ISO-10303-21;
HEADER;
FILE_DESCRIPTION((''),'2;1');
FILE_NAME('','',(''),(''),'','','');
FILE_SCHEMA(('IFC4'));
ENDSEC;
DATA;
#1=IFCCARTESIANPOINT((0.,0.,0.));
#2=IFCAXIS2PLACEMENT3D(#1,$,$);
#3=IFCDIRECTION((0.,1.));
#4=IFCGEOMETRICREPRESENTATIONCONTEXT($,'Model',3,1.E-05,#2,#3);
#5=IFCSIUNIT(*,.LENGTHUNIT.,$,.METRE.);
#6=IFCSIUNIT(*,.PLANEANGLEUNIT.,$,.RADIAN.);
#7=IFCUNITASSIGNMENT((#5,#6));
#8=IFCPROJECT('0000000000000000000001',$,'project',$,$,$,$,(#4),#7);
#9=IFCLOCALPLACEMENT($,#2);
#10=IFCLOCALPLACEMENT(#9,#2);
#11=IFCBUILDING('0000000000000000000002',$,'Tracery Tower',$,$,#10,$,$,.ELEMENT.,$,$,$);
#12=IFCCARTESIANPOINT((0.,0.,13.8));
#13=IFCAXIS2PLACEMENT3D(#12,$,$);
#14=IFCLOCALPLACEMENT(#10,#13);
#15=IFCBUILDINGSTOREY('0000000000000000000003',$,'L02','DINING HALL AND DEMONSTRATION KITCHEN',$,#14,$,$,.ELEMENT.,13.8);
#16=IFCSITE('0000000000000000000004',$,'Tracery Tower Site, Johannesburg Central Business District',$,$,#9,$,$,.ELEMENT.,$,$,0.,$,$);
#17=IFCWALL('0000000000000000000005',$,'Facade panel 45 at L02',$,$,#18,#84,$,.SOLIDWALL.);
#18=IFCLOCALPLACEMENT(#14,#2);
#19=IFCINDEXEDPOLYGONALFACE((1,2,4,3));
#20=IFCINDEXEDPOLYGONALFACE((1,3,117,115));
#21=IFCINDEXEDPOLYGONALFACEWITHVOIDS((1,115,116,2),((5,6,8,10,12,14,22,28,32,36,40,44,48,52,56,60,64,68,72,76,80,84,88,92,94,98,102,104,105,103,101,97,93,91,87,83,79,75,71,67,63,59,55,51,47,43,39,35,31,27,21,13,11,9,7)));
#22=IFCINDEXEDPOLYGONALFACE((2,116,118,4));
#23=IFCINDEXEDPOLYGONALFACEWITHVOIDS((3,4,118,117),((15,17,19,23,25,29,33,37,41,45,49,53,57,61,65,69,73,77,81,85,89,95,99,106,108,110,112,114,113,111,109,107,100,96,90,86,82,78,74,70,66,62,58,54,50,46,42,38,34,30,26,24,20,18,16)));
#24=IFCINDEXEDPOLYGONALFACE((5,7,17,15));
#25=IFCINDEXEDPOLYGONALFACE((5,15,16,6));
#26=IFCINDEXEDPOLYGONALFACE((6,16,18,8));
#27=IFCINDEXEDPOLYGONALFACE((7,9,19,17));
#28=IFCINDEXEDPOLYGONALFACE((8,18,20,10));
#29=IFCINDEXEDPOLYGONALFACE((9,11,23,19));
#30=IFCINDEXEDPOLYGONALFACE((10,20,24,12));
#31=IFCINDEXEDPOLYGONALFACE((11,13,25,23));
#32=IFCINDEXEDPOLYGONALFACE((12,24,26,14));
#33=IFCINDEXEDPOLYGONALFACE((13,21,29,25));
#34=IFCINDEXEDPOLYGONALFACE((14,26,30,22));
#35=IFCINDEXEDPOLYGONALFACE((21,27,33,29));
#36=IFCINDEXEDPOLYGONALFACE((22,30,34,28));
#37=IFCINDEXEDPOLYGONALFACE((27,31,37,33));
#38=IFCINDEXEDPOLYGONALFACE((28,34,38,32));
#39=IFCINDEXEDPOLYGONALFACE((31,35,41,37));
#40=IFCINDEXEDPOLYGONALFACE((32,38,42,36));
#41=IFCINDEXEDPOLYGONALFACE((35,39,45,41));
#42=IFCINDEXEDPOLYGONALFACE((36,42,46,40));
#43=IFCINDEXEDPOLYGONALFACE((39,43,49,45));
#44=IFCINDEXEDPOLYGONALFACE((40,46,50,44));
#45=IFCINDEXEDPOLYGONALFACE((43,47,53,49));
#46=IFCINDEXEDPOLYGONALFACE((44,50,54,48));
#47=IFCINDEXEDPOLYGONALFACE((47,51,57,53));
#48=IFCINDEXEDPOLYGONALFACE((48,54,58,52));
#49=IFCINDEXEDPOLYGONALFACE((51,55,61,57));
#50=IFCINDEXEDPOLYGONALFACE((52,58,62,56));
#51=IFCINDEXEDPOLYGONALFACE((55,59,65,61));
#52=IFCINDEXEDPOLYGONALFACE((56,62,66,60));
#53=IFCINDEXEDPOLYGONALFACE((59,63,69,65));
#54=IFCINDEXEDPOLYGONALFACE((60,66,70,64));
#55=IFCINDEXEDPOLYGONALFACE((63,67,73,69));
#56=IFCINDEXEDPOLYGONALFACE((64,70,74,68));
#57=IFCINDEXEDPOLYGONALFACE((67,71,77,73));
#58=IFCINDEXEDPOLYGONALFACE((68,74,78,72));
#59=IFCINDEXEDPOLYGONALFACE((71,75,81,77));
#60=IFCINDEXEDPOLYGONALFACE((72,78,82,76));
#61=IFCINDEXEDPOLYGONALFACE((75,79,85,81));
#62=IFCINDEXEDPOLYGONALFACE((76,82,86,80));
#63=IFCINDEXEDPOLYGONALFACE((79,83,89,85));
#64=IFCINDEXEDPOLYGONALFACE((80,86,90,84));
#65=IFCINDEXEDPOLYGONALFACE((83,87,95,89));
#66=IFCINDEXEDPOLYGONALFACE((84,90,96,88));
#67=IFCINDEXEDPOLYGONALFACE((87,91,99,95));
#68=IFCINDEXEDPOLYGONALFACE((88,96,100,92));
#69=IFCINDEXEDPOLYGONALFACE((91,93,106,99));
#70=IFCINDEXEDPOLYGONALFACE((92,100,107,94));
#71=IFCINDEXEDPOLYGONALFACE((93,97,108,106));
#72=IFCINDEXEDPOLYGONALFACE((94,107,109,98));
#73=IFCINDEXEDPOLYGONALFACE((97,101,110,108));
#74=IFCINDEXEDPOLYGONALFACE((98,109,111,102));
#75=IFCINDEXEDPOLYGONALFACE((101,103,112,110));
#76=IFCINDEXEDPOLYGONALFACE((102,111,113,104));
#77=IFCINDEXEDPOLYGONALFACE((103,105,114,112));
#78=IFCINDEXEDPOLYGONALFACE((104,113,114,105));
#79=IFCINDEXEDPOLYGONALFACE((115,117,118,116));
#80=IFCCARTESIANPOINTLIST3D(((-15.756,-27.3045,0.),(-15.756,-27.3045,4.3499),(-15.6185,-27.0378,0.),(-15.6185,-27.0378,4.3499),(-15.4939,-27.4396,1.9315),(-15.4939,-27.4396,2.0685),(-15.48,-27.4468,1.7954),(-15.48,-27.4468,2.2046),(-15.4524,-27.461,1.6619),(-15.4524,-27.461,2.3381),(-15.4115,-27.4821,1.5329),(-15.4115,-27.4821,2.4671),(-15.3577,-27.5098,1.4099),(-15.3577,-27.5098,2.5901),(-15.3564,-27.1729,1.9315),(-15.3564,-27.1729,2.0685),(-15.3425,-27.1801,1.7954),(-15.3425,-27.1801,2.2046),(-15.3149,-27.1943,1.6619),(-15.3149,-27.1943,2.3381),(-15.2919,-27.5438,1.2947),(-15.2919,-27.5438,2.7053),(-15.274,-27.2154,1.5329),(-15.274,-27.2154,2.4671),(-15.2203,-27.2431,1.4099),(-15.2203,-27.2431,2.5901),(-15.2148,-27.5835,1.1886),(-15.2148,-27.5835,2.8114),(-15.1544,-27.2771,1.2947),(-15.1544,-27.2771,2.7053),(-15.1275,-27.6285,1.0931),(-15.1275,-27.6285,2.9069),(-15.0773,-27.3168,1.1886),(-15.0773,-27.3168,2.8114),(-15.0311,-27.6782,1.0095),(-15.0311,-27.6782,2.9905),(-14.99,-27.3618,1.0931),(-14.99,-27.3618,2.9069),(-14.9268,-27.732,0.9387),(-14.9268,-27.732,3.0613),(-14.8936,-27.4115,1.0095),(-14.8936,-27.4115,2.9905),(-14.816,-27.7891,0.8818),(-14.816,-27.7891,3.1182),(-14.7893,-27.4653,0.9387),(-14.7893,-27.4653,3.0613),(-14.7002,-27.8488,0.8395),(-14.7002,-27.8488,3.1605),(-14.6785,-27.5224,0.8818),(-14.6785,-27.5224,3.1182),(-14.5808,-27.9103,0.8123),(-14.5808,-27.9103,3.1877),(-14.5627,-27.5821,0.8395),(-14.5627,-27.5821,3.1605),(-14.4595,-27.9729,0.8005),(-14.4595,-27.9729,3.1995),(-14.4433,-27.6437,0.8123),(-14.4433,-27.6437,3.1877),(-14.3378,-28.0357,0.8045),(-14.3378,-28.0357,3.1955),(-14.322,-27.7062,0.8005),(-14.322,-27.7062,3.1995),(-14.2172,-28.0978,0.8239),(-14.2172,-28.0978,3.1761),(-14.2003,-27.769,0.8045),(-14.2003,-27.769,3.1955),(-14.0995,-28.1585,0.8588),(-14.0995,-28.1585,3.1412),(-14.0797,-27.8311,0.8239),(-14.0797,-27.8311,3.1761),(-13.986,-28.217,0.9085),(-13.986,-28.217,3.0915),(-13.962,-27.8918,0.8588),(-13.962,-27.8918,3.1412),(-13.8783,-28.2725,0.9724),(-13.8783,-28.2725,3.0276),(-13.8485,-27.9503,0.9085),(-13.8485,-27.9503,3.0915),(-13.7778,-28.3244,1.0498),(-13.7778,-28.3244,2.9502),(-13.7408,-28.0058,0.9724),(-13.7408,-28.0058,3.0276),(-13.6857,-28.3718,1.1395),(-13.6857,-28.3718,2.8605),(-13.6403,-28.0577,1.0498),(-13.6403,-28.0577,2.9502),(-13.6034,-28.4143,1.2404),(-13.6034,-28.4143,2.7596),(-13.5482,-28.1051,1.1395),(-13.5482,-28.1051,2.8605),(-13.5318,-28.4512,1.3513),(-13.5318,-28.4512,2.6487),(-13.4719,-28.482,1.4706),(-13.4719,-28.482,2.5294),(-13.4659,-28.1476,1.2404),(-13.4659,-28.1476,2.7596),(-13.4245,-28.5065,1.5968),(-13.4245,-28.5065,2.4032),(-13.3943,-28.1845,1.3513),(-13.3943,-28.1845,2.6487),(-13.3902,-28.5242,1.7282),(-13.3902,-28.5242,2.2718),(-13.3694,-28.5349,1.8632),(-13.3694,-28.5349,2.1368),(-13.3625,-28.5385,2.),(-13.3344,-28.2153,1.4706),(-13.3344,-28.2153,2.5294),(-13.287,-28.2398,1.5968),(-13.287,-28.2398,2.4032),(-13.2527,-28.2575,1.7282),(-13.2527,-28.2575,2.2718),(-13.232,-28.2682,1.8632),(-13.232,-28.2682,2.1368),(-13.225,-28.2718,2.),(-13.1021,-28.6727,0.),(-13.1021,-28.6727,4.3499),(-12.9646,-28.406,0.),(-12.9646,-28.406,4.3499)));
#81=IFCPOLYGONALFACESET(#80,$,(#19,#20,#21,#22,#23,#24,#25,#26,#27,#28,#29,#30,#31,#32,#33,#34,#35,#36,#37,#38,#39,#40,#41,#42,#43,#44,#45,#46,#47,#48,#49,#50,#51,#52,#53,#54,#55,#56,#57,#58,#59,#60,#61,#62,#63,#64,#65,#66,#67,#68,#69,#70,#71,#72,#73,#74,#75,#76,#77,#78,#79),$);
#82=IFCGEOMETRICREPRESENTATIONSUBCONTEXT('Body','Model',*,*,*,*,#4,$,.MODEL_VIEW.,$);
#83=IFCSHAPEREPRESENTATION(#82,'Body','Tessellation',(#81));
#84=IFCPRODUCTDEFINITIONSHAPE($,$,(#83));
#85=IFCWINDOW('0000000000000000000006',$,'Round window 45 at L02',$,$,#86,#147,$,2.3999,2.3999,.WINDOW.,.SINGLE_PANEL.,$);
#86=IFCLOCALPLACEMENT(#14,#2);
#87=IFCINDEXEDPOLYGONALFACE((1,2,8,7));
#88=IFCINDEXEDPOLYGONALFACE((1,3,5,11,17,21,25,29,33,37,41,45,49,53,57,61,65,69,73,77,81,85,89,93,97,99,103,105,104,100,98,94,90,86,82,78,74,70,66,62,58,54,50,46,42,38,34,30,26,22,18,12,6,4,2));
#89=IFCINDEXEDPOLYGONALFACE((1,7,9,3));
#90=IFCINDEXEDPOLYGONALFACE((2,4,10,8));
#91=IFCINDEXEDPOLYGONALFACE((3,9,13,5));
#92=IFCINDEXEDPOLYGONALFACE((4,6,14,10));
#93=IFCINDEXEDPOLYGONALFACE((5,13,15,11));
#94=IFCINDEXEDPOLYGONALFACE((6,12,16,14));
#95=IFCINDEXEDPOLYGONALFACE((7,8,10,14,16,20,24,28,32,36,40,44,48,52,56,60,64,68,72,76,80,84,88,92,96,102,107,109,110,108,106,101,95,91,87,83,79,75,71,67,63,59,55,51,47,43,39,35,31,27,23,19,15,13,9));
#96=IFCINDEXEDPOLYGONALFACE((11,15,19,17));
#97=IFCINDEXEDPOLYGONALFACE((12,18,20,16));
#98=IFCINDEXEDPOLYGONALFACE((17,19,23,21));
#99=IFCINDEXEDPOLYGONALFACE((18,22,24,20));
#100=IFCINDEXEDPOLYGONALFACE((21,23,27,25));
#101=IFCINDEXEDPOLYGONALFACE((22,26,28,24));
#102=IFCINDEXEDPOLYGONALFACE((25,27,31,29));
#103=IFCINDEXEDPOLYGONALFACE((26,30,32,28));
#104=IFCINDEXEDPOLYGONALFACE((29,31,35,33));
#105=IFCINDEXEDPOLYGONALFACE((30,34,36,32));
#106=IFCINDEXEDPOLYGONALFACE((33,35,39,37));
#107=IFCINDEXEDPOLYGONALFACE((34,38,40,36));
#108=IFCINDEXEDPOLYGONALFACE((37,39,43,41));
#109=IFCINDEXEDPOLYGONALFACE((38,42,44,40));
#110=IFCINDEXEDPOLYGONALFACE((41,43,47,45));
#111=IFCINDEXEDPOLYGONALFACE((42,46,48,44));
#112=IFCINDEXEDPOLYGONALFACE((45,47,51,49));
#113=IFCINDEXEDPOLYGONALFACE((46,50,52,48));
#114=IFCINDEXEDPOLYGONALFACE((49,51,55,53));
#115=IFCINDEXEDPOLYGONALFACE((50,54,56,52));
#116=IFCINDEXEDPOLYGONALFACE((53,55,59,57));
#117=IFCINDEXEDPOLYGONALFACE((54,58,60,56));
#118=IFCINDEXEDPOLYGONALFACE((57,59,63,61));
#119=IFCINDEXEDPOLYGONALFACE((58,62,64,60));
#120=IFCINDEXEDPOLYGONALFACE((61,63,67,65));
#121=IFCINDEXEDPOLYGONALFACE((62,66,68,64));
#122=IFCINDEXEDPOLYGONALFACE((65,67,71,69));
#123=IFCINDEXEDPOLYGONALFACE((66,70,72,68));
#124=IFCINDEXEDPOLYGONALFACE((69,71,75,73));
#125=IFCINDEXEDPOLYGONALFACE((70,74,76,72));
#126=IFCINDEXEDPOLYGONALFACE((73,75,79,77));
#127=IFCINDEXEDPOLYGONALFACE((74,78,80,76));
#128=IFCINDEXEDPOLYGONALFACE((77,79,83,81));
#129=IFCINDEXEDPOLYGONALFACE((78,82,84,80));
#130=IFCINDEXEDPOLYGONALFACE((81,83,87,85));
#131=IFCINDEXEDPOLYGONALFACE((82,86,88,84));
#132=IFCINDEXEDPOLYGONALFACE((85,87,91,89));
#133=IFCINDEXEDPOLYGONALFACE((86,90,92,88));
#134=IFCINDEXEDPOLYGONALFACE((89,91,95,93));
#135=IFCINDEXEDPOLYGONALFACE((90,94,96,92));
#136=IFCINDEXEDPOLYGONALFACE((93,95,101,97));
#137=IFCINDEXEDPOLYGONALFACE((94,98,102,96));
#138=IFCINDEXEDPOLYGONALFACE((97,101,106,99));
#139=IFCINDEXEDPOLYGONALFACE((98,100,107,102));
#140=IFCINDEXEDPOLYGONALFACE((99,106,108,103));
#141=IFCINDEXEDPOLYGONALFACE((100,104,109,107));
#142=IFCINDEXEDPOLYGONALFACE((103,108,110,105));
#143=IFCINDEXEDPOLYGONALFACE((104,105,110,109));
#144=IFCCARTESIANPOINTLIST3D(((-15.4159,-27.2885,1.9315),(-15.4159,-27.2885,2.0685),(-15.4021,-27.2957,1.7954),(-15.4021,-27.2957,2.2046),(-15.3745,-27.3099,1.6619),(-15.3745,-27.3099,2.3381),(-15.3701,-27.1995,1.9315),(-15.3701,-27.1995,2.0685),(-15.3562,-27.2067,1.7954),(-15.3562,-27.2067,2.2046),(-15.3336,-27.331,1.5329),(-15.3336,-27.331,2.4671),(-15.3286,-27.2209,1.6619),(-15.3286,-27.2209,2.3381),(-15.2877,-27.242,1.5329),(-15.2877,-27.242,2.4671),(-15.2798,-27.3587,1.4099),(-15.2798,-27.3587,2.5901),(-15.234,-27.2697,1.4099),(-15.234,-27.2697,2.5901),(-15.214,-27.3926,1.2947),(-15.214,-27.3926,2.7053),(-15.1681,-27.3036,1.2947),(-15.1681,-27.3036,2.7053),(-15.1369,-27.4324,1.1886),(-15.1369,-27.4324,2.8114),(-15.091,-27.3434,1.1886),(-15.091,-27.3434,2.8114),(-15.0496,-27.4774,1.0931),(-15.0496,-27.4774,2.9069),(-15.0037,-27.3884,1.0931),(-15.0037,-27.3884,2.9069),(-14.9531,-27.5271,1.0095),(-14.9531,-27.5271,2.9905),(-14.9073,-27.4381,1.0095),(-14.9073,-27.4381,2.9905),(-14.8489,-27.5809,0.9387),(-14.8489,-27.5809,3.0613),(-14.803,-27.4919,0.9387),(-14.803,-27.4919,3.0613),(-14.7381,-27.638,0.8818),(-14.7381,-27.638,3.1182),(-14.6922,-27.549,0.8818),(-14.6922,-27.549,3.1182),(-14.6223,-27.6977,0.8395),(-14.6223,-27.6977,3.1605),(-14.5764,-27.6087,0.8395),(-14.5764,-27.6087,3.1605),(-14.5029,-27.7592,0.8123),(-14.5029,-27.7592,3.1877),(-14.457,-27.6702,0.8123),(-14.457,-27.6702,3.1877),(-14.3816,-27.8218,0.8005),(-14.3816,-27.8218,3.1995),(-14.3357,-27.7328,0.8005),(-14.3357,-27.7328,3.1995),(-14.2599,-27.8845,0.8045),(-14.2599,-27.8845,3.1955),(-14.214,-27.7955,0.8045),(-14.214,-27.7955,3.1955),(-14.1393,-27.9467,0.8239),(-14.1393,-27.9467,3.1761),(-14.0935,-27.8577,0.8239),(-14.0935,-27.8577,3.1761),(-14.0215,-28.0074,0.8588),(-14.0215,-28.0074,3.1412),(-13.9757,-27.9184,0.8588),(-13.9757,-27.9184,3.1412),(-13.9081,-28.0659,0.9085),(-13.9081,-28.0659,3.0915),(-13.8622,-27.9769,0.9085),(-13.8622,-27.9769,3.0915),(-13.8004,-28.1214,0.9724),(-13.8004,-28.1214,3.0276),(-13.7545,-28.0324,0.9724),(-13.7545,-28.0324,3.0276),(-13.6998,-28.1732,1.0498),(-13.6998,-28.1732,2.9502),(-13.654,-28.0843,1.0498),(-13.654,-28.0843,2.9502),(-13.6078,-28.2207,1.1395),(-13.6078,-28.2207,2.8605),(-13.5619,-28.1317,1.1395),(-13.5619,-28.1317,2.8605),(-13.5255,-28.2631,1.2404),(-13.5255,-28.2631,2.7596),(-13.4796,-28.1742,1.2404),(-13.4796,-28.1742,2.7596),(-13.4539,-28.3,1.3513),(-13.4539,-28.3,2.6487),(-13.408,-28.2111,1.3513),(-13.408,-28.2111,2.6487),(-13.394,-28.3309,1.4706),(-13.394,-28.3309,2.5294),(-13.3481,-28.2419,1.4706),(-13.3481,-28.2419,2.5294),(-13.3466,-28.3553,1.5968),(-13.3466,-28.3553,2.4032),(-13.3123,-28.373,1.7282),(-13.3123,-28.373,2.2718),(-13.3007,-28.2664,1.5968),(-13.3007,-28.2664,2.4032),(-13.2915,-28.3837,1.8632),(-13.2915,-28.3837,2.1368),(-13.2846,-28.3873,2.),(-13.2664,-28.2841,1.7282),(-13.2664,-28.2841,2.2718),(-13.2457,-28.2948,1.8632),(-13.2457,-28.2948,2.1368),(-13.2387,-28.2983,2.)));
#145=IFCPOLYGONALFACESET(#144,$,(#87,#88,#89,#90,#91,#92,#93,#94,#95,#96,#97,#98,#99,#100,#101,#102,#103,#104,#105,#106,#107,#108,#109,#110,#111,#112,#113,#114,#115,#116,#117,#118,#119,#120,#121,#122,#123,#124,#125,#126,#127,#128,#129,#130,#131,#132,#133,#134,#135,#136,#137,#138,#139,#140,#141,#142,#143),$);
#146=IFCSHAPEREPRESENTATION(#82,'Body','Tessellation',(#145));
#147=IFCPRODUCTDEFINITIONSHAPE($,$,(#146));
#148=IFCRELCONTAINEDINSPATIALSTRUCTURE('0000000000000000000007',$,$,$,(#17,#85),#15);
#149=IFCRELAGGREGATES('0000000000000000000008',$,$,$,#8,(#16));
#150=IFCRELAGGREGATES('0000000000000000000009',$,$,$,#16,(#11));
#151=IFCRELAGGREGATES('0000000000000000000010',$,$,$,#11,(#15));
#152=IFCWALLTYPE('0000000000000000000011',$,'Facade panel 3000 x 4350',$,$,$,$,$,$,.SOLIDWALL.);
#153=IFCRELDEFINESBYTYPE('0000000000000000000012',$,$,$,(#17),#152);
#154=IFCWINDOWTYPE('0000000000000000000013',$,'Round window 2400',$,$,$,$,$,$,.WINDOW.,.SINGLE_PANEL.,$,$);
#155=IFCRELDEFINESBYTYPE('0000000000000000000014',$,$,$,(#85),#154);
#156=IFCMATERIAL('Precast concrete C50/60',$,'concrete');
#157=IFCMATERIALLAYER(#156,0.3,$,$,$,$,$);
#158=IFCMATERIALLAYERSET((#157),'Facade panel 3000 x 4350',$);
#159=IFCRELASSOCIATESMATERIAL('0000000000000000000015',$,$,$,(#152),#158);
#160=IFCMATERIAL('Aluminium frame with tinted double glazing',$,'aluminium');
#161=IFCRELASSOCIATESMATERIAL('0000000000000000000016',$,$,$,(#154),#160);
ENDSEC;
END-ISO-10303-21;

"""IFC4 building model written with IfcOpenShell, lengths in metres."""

from ifc_helpers import new_model, si_unit, direction, frame, frame_2d, origin, origin_2d, place, context, subcontext, project, spatial, rectangle, circle, extrude, material, layer, layer_set, type_object, element, fill, save


model = new_model("IFC4")

# Units and contexts
model_context = context("Model", 3, precision=1e-05, world=origin(), true_north=direction((0.0, 1.0)))
body_context = subcontext(model_context, "Body", "Model", "MODEL_VIEW")
ifc_project = project(units=[si_unit("LENGTHUNIT", "METRE"), si_unit("PLANEANGLEUNIT", "RADIAN")], contexts=[model_context])

# Site, building, storey
site_placement = place(None, origin())
site = spatial("IfcSite", under=ifc_project, at=site_placement, Name="Tracery Tower Site, Johannesburg Central Business District", CompositionType="ELEMENT", RefElevation=0.0)
building_placement = place(site_placement, origin())
building = spatial("IfcBuilding", under=site, at=building_placement, Name="Tracery Tower", CompositionType="ELEMENT")
storey_placement = place(building_placement, frame((0.0, 0.0, 13.8)))
storey = spatial("IfcBuildingStorey", under=building, at=storey_placement, Name="L02", Description="DINING HALL AND DEMONSTRATION KITCHEN", CompositionType="ELEMENT", Elevation=13.8)

# Wall, opening, window
ifc_material_1 = material(Name="Precast concrete C50/60", Category="concrete")
ifc_layer_1 = layer(ifc_material_1, 0.3)
ifc_layer_set_1 = layer_set([ifc_layer_1], Name="Facade panel 3000 x 4350")
wall_type_1 = type_object("IfcWallType", Name="Facade panel 3000 x 4350", PredefinedType="SOLIDWALL", material=ifc_layer_set_1)
ifc_material_2 = material(Name="Aluminium frame with tinted double glazing", Category="aluminium")
window_type = type_object("IfcWindowType", Name="Round window 2400", PartitioningType="SINGLE_PANEL", PredefinedType="WINDOW", material=ifc_material_2)
wall_1_placement = place(storey_placement, frame((-15.6873, -27.1711, 0.0), z_axis=(0.0, 0.0, 1.0), x_axis=(0.888831, -0.458235, 0.0)))
wall_1 = element("IfcWall", 1, at=wall_1_placement, inside=storey, type_object=wall_type_1, Name="Facade panel 45 at L02", PredefinedType="SOLIDWALL", context=body_context, shape_type="SweptSolid", body=[
    extrude(rectangle(XDim=2.9858, YDim=0.3, at=frame_2d((1.4929, 0.0))), origin(), (0.0, 0.0, 1.0), 4.3499),
])
opening_1_placement = place(wall_1_placement, frame((1.4929, 0.0, 2.0)))
opening_1 = element("IfcOpeningElement", 2, at=opening_1_placement, cuts=wall_1, PredefinedType="OPENING", context=body_context, shape_type="SweptSolid", body=[
    extrude(circle(Radius=1.2, at=origin_2d()), frame((0.0, 0.1599, 0.0), z_axis=(0.0, -1.0, 0.0), x_axis=(1.0, 0.0, 0.0)), (0.0, 0.0, 1.0), 0.3201),
])
window_1_placement = place(opening_1_placement, origin())
window_1 = element("IfcWindow", 3, at=window_1_placement, inside=storey, type_object=window_type, Name="Round window 45 at L02", OverallHeight=2.3999, OverallWidth=2.3999, PartitioningType="SINGLE_PANEL", PredefinedType="WINDOW", context=body_context, shape_type="SweptSolid", body=[
    extrude(circle(Radius=1.2, at=origin_2d()), frame((0.0, 0.1201, 0.0), z_axis=(0.0, -1.0, 0.0), x_axis=(1.0, 0.0, 0.0)), (0.0, 0.0, 1.0), 0.1001),
])
fill(opening_1, window_1)

save(model, "model.ifc")
